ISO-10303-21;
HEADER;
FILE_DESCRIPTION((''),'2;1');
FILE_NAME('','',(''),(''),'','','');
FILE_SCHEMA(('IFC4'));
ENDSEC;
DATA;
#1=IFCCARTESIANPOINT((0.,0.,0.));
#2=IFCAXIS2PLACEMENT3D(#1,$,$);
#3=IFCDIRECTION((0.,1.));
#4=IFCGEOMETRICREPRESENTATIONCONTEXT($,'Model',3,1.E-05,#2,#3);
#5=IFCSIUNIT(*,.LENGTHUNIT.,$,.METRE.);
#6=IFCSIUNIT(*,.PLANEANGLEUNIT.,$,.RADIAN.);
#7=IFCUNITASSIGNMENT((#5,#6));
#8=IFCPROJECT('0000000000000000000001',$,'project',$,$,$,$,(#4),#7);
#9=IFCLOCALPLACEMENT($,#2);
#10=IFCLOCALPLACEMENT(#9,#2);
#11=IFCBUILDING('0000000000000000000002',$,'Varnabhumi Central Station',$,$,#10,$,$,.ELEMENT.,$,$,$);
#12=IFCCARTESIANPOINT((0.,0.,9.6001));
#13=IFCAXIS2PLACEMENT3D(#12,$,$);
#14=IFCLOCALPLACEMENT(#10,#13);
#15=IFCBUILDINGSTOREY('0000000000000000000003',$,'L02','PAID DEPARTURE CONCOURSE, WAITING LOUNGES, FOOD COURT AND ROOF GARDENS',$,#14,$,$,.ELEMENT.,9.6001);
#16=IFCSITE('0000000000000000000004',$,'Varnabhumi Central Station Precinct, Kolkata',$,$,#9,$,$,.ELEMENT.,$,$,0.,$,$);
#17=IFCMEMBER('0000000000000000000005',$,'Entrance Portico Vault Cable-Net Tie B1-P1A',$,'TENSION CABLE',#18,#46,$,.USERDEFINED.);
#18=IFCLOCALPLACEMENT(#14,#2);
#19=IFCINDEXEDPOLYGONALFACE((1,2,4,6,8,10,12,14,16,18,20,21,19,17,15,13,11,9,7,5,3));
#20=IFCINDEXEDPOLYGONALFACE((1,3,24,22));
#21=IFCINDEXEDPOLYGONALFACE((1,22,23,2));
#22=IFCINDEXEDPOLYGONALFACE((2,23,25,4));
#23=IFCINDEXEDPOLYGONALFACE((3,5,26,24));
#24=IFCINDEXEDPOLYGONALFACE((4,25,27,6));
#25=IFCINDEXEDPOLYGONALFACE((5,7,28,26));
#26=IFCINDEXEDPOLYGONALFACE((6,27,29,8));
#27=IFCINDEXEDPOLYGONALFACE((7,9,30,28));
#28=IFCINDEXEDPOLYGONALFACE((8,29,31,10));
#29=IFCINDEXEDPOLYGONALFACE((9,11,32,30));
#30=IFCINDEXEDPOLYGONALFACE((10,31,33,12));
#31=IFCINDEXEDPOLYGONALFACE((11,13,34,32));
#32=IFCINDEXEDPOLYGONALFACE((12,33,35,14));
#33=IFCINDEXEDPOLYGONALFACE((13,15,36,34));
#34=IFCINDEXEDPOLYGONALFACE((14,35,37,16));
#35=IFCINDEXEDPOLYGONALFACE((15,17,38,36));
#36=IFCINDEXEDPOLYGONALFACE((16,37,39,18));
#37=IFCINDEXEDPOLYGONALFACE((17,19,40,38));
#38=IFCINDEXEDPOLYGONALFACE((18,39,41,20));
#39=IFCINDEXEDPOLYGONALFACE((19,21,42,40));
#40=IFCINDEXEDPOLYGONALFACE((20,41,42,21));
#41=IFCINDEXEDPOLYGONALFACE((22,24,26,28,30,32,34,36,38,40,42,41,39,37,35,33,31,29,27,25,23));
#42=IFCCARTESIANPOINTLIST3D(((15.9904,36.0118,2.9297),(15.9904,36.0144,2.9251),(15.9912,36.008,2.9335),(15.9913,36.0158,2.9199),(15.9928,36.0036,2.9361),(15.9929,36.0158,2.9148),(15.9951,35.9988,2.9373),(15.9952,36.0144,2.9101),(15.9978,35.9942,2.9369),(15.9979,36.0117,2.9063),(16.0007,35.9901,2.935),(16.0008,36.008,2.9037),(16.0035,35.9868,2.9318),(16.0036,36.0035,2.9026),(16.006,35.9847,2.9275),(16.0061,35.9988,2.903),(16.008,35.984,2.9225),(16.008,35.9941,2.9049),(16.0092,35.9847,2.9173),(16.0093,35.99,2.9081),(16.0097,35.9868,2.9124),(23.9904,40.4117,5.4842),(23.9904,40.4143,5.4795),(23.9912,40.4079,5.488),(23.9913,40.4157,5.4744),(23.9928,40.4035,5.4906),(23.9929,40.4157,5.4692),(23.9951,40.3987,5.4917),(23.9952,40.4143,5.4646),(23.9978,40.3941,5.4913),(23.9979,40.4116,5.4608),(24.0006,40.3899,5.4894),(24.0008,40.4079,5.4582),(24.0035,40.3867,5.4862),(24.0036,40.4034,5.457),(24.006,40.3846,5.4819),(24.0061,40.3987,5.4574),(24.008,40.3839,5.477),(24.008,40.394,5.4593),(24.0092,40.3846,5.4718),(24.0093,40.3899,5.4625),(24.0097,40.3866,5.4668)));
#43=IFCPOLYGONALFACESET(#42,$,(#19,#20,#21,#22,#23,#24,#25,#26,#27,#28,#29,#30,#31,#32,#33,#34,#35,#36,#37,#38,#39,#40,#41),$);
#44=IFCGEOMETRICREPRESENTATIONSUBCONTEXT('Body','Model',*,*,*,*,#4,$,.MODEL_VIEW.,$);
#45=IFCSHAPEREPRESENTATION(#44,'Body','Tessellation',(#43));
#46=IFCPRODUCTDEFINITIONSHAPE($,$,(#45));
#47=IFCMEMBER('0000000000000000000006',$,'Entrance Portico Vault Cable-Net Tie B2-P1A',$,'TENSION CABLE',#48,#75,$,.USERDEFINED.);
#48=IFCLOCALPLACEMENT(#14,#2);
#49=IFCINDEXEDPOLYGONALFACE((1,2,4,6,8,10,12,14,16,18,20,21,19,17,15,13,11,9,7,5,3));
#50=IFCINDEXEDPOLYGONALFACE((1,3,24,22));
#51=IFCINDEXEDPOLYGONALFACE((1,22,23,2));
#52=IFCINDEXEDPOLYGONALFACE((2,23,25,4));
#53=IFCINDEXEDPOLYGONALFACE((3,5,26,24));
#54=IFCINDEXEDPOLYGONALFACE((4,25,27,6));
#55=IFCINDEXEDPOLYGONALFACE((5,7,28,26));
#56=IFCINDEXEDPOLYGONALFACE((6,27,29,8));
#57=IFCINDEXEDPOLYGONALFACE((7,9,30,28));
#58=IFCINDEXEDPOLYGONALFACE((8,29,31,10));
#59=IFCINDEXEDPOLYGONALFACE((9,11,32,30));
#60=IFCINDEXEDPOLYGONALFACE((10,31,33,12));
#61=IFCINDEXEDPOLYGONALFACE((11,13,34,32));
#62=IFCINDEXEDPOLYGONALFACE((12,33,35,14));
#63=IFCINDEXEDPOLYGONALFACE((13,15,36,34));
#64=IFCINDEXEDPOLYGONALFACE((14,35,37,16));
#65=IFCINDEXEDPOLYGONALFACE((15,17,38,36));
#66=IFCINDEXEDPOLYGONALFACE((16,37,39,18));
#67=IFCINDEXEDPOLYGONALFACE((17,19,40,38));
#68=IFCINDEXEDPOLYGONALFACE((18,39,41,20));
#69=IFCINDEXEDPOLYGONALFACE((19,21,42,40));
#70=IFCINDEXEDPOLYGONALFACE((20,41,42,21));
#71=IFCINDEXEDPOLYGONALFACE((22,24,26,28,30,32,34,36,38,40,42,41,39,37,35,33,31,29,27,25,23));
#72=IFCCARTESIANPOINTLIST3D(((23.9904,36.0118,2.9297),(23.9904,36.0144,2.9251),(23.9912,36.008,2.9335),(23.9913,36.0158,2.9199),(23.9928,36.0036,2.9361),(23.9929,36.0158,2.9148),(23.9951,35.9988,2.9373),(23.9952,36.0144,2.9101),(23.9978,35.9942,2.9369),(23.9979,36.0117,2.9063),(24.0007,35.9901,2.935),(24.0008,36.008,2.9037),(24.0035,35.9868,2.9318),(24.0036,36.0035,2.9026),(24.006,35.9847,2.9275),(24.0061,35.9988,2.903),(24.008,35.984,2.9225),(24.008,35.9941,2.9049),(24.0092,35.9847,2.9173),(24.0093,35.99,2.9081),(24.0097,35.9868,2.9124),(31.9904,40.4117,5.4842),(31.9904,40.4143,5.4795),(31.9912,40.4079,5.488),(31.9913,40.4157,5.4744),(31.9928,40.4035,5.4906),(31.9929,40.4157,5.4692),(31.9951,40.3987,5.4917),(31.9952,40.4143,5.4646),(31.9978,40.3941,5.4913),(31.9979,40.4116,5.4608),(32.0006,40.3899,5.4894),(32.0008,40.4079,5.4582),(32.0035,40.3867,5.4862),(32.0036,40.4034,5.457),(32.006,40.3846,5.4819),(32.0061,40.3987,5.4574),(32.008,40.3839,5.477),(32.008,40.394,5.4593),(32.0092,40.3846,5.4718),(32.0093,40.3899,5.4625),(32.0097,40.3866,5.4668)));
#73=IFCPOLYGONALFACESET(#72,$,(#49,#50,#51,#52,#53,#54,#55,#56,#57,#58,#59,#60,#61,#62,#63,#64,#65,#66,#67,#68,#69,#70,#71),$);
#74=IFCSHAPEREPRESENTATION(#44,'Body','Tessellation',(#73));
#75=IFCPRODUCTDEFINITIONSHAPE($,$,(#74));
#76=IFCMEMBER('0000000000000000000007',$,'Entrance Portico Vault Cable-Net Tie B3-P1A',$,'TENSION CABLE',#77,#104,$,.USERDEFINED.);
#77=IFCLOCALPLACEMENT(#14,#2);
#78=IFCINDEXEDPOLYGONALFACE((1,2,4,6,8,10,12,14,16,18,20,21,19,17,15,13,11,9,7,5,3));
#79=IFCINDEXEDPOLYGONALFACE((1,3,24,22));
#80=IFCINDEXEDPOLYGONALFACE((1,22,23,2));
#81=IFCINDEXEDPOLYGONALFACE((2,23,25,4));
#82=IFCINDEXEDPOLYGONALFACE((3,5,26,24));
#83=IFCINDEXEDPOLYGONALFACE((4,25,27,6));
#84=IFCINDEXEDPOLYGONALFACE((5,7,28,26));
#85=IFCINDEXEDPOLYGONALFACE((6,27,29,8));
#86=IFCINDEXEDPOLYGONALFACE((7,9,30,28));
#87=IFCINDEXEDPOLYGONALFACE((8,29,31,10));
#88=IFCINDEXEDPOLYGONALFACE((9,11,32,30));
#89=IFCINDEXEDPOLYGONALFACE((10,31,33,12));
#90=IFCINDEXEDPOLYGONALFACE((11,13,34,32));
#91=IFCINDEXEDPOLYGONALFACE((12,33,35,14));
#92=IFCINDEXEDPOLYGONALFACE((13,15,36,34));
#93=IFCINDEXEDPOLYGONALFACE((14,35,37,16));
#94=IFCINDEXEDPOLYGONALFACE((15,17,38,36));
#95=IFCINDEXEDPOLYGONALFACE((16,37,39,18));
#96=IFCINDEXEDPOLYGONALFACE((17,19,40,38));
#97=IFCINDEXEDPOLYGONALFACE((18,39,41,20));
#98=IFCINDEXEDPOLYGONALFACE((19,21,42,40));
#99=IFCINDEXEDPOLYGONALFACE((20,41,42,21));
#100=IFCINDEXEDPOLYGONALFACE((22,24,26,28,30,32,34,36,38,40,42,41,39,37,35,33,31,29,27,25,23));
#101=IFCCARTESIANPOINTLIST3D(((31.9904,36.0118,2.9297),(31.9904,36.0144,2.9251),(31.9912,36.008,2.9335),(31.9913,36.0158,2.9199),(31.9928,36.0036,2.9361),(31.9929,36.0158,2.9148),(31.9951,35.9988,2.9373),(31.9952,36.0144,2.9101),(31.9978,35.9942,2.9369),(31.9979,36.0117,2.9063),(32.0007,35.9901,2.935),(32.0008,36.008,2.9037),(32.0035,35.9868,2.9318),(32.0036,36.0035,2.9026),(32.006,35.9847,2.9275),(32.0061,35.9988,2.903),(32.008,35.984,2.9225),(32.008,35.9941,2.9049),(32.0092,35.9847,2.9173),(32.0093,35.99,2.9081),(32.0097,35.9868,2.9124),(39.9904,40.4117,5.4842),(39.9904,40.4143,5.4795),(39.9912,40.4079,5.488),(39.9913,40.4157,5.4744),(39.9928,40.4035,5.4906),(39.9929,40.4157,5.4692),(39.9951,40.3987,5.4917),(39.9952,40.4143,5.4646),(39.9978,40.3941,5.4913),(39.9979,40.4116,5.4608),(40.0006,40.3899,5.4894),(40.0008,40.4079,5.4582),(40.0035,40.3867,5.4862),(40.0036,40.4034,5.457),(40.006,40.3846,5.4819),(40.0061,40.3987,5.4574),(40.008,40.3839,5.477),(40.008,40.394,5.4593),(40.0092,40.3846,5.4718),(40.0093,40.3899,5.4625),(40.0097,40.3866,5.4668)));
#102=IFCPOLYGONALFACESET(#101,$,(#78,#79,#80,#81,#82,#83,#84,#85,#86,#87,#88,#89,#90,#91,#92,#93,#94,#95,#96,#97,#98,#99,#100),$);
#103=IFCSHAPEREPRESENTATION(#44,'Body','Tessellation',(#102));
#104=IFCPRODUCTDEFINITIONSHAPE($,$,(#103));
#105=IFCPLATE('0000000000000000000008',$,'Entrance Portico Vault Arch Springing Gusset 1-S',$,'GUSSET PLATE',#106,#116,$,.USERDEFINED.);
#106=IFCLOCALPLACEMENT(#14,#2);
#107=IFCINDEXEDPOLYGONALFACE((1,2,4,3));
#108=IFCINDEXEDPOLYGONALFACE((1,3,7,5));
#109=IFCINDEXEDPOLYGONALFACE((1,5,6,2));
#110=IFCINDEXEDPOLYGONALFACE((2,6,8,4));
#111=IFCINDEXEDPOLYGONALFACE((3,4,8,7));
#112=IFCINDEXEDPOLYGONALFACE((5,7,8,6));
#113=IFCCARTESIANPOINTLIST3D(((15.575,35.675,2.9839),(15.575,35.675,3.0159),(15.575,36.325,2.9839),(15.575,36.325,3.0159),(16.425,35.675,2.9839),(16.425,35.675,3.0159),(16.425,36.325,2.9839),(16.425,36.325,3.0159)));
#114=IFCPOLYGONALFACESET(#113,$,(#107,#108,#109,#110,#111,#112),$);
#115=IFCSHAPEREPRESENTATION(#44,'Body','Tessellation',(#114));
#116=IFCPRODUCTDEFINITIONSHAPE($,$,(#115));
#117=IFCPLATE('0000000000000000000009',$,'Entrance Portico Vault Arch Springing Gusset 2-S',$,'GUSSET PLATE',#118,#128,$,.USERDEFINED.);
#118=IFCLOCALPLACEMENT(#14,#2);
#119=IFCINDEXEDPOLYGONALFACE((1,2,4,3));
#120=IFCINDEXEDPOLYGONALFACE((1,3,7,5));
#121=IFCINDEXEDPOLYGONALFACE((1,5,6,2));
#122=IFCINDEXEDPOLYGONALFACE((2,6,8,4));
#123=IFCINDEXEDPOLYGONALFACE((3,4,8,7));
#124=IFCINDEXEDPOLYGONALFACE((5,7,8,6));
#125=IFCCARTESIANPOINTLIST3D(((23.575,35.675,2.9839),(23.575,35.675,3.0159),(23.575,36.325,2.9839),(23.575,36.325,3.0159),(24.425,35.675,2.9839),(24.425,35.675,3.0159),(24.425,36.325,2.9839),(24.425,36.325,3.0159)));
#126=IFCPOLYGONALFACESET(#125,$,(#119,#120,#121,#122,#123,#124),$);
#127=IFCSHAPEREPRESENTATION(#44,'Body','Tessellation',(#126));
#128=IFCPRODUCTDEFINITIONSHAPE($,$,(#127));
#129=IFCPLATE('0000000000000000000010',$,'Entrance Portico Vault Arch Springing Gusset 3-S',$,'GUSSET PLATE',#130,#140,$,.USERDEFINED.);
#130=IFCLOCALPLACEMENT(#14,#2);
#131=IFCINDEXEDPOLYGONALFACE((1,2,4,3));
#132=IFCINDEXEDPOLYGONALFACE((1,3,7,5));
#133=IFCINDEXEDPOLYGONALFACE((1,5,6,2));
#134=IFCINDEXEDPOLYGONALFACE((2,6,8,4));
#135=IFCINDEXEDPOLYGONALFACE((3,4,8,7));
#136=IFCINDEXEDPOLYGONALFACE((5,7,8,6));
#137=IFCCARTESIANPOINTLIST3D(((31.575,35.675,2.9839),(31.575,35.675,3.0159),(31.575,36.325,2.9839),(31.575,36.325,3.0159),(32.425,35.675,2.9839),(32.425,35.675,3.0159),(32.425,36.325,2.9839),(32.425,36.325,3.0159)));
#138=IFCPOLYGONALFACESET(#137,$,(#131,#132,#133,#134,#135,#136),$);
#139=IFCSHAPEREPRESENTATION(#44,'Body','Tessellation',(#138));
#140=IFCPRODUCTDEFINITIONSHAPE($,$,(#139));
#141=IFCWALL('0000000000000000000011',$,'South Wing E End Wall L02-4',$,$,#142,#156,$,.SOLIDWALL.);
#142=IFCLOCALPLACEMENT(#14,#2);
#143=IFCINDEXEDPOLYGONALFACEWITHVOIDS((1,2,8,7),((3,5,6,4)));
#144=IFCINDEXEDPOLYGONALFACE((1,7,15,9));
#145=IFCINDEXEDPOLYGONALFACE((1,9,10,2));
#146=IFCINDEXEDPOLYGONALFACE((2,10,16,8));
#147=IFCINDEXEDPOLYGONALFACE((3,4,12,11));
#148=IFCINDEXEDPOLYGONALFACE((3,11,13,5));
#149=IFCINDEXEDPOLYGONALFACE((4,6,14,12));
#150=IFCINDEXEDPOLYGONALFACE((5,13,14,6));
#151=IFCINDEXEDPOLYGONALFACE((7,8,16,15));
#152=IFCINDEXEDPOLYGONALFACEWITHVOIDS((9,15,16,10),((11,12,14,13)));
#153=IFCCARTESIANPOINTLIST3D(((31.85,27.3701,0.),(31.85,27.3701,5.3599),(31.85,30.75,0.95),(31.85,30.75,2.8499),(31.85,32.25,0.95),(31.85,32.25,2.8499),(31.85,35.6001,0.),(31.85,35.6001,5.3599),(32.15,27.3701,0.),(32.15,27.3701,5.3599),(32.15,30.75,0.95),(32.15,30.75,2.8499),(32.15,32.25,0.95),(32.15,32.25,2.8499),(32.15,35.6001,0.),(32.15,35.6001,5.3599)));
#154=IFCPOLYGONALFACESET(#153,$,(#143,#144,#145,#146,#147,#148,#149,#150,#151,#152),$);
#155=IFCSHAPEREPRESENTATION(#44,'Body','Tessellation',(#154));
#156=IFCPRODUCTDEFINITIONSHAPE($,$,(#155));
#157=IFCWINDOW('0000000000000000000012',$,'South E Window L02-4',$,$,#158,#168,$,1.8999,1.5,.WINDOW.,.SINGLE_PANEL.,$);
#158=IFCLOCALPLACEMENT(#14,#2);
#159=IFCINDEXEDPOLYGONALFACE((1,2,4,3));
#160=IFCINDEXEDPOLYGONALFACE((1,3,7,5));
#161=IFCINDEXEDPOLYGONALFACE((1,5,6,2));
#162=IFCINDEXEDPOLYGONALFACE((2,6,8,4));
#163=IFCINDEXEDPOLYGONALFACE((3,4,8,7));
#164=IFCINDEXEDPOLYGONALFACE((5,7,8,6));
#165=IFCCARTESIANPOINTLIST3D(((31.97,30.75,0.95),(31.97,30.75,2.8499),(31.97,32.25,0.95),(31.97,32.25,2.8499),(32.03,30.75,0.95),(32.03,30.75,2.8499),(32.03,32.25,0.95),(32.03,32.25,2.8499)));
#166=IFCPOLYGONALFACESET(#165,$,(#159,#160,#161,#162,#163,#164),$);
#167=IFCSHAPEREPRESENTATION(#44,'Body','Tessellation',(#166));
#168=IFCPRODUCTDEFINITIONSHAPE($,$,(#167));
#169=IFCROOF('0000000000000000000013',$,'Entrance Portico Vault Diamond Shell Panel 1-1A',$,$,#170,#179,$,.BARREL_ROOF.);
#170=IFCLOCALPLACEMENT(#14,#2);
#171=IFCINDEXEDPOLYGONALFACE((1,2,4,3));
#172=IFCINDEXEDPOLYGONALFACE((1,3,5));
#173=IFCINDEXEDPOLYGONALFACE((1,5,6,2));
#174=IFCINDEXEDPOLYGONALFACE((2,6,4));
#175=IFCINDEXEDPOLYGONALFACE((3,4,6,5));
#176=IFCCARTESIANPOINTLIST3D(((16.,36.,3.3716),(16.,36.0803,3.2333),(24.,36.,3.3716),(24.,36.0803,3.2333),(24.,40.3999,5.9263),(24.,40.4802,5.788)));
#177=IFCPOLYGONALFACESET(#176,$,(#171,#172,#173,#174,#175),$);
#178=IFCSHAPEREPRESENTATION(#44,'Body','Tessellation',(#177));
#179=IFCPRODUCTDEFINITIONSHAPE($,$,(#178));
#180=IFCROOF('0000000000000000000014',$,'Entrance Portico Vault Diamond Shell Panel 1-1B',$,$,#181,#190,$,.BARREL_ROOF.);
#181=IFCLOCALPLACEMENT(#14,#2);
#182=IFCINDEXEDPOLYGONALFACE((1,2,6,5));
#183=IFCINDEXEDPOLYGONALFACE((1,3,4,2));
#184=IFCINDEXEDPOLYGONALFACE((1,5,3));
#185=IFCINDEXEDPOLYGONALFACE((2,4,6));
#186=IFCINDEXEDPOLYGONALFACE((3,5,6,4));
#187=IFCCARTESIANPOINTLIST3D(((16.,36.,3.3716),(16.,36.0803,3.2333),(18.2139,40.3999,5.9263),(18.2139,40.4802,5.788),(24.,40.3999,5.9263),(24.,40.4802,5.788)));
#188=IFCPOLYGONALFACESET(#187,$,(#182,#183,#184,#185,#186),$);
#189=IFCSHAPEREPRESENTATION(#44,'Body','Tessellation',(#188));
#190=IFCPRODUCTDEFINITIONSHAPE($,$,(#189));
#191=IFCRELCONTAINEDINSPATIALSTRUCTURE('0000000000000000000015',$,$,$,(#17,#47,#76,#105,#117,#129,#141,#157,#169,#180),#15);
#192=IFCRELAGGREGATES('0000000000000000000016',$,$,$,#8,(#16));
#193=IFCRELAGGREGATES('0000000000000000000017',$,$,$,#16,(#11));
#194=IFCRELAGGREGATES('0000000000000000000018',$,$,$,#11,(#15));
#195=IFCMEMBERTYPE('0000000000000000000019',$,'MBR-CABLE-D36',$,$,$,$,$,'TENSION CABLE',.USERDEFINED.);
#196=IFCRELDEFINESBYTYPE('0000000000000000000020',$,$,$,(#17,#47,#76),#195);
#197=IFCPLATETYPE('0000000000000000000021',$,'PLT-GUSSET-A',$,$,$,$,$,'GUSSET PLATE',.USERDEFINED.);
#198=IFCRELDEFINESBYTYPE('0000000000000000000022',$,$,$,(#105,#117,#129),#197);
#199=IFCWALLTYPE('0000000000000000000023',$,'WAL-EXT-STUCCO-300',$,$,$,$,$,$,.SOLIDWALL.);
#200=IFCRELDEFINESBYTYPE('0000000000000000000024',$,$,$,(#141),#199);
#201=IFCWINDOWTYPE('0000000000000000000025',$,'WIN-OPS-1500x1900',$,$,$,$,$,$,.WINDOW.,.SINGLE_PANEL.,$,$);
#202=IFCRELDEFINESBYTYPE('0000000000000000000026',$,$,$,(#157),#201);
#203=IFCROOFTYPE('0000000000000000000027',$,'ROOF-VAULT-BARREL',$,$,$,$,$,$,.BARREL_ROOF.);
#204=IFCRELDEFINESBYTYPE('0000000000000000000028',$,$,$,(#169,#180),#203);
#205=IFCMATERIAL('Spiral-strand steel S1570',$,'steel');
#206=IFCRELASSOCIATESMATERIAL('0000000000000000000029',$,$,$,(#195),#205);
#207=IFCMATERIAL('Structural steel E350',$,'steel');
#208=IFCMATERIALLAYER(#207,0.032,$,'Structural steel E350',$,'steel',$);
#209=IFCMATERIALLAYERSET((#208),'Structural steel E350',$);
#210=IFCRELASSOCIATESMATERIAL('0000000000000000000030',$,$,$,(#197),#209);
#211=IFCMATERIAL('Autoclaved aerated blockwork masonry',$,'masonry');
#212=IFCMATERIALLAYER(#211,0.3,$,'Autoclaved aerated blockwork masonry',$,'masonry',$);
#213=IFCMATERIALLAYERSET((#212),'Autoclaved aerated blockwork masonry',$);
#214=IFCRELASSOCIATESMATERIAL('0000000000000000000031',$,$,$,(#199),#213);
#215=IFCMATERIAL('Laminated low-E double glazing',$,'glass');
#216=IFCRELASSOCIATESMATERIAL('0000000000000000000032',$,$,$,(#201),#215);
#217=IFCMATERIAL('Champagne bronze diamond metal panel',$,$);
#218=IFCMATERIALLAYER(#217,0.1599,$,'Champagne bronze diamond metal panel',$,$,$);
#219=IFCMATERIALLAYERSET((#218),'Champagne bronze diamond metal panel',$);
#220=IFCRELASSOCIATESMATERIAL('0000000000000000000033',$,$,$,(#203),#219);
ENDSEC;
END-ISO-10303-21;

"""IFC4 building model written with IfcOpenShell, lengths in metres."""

from ifc_helpers import new_model, si_unit, direction, frame, frame_2d, origin, origin_2d, place, context, subcontext, project, spatial, polyline, rectangle, circle, outline, extrude, material, layer, layer_set, material_profile, profile_set, type_object, element, fill, save


model = new_model("IFC4")

# Units and contexts
model_context = context("Model", 3, precision=1e-05, world=origin(), true_north=direction((0.0, 1.0)))
body_context = subcontext(model_context, "Body", "Model", "MODEL_VIEW")
ifc_project = project(units=[si_unit("LENGTHUNIT", "METRE"), si_unit("PLANEANGLEUNIT", "RADIAN")], contexts=[model_context])

# Site, building, storey
site_placement = place(None, origin())
site = spatial("IfcSite", under=ifc_project, at=site_placement, Name="Varnabhumi Central Station Precinct, Kolkata", CompositionType="ELEMENT", RefElevation=0.0)
building_placement = place(site_placement, origin())
building = spatial("IfcBuilding", under=site, at=building_placement, Name="Varnabhumi Central Station", CompositionType="ELEMENT")
storey_placement = place(building_placement, frame((0.0, 0.0, 9.6001)))
storey = spatial("IfcBuildingStorey", under=building, at=storey_placement, Name="L02", Description="PAID DEPARTURE CONCOURSE, WAITING LOUNGES, FOOD COURT AND ROOF GARDENS", CompositionType="ELEMENT", Elevation=9.6001)

# Shared definitions
ifc_material_1 = material(Name="Structural steel E350", Category="steel")

# Members
ifc_material_2 = material(Name="Spiral-strand steel S1570", Category="steel")
ifc_material_profile_1 = material_profile(ifc_material_2, circle(Radius=0.0181, at=origin_2d()), Name="Spiral-strand steel S1570", Category="steel")
ifc_profile_set_1 = profile_set([ifc_material_profile_1], Name="Spiral-strand steel S1570")
member_type = type_object("IfcMemberType", Name="MBR-CABLE-D36", ElementType="TENSION CABLE", PredefinedType="USERDEFINED", material=ifc_profile_set_1)
for number, where, z_axis, x_axis, name in (
    (1, (16.0, 36.0, 2.9199), (0.843817, 0.464089, 0.269435), (-0.481911, 0.87622, 0.0), "Entrance Portico Vault Cable-Net Tie B1-P1A"),
    (2, (24.0, 36.0, 2.9199), (0.843817, 0.464089, 0.269435), (-0.481911, 0.87622, 0.0), "Entrance Portico Vault Cable-Net Tie B2-P1A"),
    (3, (32.0, 36.0, 2.9199), (0.843817, 0.464089, 0.269435), (-0.481911, 0.87622, 0.0), "Entrance Portico Vault Cable-Net Tie B3-P1A"),
):
    element("IfcMember", number, at=place(storey_placement, frame(where, z_axis=z_axis, x_axis=x_axis)), inside=storey, type_object=member_type, Name=name, ObjectType="TENSION CABLE", PredefinedType="USERDEFINED", context=body_context, shape_type="SweptSolid", body=[
        extrude(circle(Radius=0.0181, at=origin_2d()), origin(), (0.0, 0.0, 1.0), 9.4807),
    ])

# Plates
ifc_layer_1 = layer(ifc_material_1, 0.032, Name="Structural steel E350", Category="steel")
ifc_layer_set_1 = layer_set([ifc_layer_1], Name="Structural steel E350")
plate_type = type_object("IfcPlateType", Name="PLT-GUSSET-A", ElementType="GUSSET PLATE", PredefinedType="USERDEFINED", material=ifc_layer_set_1)
for number, where, z_axis, x_axis, name in (
    (4, (16.0, 36.0, 2.9839), (0.0, 0.0, 1.0), (1.0, 0.0, 0.0), "Entrance Portico Vault Arch Springing Gusset 1-S"),
    (5, (24.0, 36.0, 2.9839), (0.0, 0.0, 1.0), (1.0, 0.0, 0.0), "Entrance Portico Vault Arch Springing Gusset 2-S"),
    (6, (32.0, 36.0, 2.9839), (0.0, 0.0, 1.0), (1.0, 0.0, 0.0), "Entrance Portico Vault Arch Springing Gusset 3-S"),
):
    element("IfcPlate", number, at=place(storey_placement, frame(where, z_axis=z_axis, x_axis=x_axis)), inside=storey, type_object=plate_type, Name=name, ObjectType="GUSSET PLATE", PredefinedType="USERDEFINED", context=body_context, shape_type="SweptSolid", body=[
        extrude(rectangle(XDim=0.8501, YDim=0.6499, at=origin_2d()), origin(), (0.0, 0.0, 1.0), 0.032),
    ])

# Wall, opening, window
ifc_material_3 = material(Name="Autoclaved aerated blockwork masonry", Category="masonry")
ifc_layer_2 = layer(ifc_material_3, 0.3, Name="Autoclaved aerated blockwork masonry", Category="masonry")
ifc_layer_set_2 = layer_set([ifc_layer_2], Name="Autoclaved aerated blockwork masonry")
wall_type = type_object("IfcWallType", Name="WAL-EXT-STUCCO-300", PredefinedType="SOLIDWALL", material=ifc_layer_set_2)
wall_placement = place(storey_placement, frame((32.0, 27.3701, 0.0), z_axis=(0.0, 0.0, 1.0), x_axis=(0.0, 1.0, 0.0)))
wall = element("IfcWall", 7, at=wall_placement, inside=storey, type_object=wall_type, Name="South Wing E End Wall L02-4", PredefinedType="SOLIDWALL", context=body_context, shape_type="SweptSolid", body=[
    extrude(rectangle(XDim=8.23, YDim=0.3, at=frame_2d((4.115, 0.0))), origin(), (0.0, 0.0, 1.0), 5.3599),
])
opening_placement = place(wall_placement, frame((3.3799, 0.0, 0.95)))
opening = element("IfcOpeningElement", 8, at=opening_placement, cuts=wall, PredefinedType="OPENING", context=body_context, shape_type="SweptSolid", body=[
    extrude(rectangle(XDim=1.5, YDim=1.8999, at=frame_2d((0.75, 0.95))), frame((0.0, 0.1599, 0.0), z_axis=(0.0, -1.0, 0.0), x_axis=(1.0, 0.0, 0.0)), (0.0, 0.0, 1.0), 0.3201),
])
ifc_material_4 = material(Name="Laminated low-E double glazing", Category="glass")
window_type = type_object("IfcWindowType", Name="WIN-OPS-1500x1900", PartitioningType="SINGLE_PANEL", PredefinedType="WINDOW", material=ifc_material_4)
window_placement = place(opening_placement, origin())
window = element("IfcWindow", 9, at=window_placement, inside=storey, type_object=window_type, Name="South E Window L02-4", OverallHeight=1.8999, OverallWidth=1.5, PartitioningType="SINGLE_PANEL", PredefinedType="WINDOW", context=body_context, shape_type="SweptSolid", body=[
    extrude(rectangle(XDim=1.5, YDim=1.8999, at=frame_2d((0.75, 0.95))), frame((0.0, 0.03, 0.0), z_axis=(0.0, -1.0, 0.0), x_axis=(1.0, 0.0, 0.0)), (0.0, 0.0, 1.0), 0.0601),
])
fill(opening, window)

# Roofs
ifc_material_5 = material(Name="Champagne bronze diamond metal panel")
ifc_layer_3 = layer(ifc_material_5, 0.1599, Name="Champagne bronze diamond metal panel")
ifc_layer_set_3 = layer_set([ifc_layer_3], Name="Champagne bronze diamond metal panel")
roof_type = type_object("IfcRoofType", Name="ROOF-VAULT-BARREL", PredefinedType="BARREL_ROOF", material=ifc_layer_set_3)
roof_1_placement = place(storey_placement, frame((16.0, 36.0, 3.3716), z_axis=(0.0, -0.502122, 0.864797), x_axis=(1.0, 0.0, 0.0)))
element("IfcRoof", 10, at=roof_1_placement, inside=storey, type_object=roof_type, Name="Entrance Portico Vault Diamond Shell Panel 1-1A", PredefinedType="BARREL_ROOF", context=body_context, shape_type="SweptSolid", body=[
    extrude(outline(polyline([(0.0, 0.0), (8.0, 0.0), (8.0, 5.0878), (0.0, 0.0)])), origin(), (0.0, 0.0, -1.0), 0.1599),
])
roof_2_placement = place(storey_placement, frame((16.0, 36.0, 3.3716), z_axis=(0.0, -0.502122, 0.864797), x_axis=(0.843811, 0.464086, 0.269459)))
element("IfcRoof", 11, at=roof_2_placement, inside=storey, type_object=roof_type, Name="Entrance Portico Vault Diamond Shell Panel 1-1B", PredefinedType="BARREL_ROOF", context=body_context, shape_type="SweptSolid", body=[
    extrude(outline(polyline([(0.0, 0.0), (9.4808, 0.0), (4.5984, 3.1051), (0.0, 0.0)])), origin(), (0.0, 0.0, -1.0), 0.1599),
])

save(model, "model.ifc")
